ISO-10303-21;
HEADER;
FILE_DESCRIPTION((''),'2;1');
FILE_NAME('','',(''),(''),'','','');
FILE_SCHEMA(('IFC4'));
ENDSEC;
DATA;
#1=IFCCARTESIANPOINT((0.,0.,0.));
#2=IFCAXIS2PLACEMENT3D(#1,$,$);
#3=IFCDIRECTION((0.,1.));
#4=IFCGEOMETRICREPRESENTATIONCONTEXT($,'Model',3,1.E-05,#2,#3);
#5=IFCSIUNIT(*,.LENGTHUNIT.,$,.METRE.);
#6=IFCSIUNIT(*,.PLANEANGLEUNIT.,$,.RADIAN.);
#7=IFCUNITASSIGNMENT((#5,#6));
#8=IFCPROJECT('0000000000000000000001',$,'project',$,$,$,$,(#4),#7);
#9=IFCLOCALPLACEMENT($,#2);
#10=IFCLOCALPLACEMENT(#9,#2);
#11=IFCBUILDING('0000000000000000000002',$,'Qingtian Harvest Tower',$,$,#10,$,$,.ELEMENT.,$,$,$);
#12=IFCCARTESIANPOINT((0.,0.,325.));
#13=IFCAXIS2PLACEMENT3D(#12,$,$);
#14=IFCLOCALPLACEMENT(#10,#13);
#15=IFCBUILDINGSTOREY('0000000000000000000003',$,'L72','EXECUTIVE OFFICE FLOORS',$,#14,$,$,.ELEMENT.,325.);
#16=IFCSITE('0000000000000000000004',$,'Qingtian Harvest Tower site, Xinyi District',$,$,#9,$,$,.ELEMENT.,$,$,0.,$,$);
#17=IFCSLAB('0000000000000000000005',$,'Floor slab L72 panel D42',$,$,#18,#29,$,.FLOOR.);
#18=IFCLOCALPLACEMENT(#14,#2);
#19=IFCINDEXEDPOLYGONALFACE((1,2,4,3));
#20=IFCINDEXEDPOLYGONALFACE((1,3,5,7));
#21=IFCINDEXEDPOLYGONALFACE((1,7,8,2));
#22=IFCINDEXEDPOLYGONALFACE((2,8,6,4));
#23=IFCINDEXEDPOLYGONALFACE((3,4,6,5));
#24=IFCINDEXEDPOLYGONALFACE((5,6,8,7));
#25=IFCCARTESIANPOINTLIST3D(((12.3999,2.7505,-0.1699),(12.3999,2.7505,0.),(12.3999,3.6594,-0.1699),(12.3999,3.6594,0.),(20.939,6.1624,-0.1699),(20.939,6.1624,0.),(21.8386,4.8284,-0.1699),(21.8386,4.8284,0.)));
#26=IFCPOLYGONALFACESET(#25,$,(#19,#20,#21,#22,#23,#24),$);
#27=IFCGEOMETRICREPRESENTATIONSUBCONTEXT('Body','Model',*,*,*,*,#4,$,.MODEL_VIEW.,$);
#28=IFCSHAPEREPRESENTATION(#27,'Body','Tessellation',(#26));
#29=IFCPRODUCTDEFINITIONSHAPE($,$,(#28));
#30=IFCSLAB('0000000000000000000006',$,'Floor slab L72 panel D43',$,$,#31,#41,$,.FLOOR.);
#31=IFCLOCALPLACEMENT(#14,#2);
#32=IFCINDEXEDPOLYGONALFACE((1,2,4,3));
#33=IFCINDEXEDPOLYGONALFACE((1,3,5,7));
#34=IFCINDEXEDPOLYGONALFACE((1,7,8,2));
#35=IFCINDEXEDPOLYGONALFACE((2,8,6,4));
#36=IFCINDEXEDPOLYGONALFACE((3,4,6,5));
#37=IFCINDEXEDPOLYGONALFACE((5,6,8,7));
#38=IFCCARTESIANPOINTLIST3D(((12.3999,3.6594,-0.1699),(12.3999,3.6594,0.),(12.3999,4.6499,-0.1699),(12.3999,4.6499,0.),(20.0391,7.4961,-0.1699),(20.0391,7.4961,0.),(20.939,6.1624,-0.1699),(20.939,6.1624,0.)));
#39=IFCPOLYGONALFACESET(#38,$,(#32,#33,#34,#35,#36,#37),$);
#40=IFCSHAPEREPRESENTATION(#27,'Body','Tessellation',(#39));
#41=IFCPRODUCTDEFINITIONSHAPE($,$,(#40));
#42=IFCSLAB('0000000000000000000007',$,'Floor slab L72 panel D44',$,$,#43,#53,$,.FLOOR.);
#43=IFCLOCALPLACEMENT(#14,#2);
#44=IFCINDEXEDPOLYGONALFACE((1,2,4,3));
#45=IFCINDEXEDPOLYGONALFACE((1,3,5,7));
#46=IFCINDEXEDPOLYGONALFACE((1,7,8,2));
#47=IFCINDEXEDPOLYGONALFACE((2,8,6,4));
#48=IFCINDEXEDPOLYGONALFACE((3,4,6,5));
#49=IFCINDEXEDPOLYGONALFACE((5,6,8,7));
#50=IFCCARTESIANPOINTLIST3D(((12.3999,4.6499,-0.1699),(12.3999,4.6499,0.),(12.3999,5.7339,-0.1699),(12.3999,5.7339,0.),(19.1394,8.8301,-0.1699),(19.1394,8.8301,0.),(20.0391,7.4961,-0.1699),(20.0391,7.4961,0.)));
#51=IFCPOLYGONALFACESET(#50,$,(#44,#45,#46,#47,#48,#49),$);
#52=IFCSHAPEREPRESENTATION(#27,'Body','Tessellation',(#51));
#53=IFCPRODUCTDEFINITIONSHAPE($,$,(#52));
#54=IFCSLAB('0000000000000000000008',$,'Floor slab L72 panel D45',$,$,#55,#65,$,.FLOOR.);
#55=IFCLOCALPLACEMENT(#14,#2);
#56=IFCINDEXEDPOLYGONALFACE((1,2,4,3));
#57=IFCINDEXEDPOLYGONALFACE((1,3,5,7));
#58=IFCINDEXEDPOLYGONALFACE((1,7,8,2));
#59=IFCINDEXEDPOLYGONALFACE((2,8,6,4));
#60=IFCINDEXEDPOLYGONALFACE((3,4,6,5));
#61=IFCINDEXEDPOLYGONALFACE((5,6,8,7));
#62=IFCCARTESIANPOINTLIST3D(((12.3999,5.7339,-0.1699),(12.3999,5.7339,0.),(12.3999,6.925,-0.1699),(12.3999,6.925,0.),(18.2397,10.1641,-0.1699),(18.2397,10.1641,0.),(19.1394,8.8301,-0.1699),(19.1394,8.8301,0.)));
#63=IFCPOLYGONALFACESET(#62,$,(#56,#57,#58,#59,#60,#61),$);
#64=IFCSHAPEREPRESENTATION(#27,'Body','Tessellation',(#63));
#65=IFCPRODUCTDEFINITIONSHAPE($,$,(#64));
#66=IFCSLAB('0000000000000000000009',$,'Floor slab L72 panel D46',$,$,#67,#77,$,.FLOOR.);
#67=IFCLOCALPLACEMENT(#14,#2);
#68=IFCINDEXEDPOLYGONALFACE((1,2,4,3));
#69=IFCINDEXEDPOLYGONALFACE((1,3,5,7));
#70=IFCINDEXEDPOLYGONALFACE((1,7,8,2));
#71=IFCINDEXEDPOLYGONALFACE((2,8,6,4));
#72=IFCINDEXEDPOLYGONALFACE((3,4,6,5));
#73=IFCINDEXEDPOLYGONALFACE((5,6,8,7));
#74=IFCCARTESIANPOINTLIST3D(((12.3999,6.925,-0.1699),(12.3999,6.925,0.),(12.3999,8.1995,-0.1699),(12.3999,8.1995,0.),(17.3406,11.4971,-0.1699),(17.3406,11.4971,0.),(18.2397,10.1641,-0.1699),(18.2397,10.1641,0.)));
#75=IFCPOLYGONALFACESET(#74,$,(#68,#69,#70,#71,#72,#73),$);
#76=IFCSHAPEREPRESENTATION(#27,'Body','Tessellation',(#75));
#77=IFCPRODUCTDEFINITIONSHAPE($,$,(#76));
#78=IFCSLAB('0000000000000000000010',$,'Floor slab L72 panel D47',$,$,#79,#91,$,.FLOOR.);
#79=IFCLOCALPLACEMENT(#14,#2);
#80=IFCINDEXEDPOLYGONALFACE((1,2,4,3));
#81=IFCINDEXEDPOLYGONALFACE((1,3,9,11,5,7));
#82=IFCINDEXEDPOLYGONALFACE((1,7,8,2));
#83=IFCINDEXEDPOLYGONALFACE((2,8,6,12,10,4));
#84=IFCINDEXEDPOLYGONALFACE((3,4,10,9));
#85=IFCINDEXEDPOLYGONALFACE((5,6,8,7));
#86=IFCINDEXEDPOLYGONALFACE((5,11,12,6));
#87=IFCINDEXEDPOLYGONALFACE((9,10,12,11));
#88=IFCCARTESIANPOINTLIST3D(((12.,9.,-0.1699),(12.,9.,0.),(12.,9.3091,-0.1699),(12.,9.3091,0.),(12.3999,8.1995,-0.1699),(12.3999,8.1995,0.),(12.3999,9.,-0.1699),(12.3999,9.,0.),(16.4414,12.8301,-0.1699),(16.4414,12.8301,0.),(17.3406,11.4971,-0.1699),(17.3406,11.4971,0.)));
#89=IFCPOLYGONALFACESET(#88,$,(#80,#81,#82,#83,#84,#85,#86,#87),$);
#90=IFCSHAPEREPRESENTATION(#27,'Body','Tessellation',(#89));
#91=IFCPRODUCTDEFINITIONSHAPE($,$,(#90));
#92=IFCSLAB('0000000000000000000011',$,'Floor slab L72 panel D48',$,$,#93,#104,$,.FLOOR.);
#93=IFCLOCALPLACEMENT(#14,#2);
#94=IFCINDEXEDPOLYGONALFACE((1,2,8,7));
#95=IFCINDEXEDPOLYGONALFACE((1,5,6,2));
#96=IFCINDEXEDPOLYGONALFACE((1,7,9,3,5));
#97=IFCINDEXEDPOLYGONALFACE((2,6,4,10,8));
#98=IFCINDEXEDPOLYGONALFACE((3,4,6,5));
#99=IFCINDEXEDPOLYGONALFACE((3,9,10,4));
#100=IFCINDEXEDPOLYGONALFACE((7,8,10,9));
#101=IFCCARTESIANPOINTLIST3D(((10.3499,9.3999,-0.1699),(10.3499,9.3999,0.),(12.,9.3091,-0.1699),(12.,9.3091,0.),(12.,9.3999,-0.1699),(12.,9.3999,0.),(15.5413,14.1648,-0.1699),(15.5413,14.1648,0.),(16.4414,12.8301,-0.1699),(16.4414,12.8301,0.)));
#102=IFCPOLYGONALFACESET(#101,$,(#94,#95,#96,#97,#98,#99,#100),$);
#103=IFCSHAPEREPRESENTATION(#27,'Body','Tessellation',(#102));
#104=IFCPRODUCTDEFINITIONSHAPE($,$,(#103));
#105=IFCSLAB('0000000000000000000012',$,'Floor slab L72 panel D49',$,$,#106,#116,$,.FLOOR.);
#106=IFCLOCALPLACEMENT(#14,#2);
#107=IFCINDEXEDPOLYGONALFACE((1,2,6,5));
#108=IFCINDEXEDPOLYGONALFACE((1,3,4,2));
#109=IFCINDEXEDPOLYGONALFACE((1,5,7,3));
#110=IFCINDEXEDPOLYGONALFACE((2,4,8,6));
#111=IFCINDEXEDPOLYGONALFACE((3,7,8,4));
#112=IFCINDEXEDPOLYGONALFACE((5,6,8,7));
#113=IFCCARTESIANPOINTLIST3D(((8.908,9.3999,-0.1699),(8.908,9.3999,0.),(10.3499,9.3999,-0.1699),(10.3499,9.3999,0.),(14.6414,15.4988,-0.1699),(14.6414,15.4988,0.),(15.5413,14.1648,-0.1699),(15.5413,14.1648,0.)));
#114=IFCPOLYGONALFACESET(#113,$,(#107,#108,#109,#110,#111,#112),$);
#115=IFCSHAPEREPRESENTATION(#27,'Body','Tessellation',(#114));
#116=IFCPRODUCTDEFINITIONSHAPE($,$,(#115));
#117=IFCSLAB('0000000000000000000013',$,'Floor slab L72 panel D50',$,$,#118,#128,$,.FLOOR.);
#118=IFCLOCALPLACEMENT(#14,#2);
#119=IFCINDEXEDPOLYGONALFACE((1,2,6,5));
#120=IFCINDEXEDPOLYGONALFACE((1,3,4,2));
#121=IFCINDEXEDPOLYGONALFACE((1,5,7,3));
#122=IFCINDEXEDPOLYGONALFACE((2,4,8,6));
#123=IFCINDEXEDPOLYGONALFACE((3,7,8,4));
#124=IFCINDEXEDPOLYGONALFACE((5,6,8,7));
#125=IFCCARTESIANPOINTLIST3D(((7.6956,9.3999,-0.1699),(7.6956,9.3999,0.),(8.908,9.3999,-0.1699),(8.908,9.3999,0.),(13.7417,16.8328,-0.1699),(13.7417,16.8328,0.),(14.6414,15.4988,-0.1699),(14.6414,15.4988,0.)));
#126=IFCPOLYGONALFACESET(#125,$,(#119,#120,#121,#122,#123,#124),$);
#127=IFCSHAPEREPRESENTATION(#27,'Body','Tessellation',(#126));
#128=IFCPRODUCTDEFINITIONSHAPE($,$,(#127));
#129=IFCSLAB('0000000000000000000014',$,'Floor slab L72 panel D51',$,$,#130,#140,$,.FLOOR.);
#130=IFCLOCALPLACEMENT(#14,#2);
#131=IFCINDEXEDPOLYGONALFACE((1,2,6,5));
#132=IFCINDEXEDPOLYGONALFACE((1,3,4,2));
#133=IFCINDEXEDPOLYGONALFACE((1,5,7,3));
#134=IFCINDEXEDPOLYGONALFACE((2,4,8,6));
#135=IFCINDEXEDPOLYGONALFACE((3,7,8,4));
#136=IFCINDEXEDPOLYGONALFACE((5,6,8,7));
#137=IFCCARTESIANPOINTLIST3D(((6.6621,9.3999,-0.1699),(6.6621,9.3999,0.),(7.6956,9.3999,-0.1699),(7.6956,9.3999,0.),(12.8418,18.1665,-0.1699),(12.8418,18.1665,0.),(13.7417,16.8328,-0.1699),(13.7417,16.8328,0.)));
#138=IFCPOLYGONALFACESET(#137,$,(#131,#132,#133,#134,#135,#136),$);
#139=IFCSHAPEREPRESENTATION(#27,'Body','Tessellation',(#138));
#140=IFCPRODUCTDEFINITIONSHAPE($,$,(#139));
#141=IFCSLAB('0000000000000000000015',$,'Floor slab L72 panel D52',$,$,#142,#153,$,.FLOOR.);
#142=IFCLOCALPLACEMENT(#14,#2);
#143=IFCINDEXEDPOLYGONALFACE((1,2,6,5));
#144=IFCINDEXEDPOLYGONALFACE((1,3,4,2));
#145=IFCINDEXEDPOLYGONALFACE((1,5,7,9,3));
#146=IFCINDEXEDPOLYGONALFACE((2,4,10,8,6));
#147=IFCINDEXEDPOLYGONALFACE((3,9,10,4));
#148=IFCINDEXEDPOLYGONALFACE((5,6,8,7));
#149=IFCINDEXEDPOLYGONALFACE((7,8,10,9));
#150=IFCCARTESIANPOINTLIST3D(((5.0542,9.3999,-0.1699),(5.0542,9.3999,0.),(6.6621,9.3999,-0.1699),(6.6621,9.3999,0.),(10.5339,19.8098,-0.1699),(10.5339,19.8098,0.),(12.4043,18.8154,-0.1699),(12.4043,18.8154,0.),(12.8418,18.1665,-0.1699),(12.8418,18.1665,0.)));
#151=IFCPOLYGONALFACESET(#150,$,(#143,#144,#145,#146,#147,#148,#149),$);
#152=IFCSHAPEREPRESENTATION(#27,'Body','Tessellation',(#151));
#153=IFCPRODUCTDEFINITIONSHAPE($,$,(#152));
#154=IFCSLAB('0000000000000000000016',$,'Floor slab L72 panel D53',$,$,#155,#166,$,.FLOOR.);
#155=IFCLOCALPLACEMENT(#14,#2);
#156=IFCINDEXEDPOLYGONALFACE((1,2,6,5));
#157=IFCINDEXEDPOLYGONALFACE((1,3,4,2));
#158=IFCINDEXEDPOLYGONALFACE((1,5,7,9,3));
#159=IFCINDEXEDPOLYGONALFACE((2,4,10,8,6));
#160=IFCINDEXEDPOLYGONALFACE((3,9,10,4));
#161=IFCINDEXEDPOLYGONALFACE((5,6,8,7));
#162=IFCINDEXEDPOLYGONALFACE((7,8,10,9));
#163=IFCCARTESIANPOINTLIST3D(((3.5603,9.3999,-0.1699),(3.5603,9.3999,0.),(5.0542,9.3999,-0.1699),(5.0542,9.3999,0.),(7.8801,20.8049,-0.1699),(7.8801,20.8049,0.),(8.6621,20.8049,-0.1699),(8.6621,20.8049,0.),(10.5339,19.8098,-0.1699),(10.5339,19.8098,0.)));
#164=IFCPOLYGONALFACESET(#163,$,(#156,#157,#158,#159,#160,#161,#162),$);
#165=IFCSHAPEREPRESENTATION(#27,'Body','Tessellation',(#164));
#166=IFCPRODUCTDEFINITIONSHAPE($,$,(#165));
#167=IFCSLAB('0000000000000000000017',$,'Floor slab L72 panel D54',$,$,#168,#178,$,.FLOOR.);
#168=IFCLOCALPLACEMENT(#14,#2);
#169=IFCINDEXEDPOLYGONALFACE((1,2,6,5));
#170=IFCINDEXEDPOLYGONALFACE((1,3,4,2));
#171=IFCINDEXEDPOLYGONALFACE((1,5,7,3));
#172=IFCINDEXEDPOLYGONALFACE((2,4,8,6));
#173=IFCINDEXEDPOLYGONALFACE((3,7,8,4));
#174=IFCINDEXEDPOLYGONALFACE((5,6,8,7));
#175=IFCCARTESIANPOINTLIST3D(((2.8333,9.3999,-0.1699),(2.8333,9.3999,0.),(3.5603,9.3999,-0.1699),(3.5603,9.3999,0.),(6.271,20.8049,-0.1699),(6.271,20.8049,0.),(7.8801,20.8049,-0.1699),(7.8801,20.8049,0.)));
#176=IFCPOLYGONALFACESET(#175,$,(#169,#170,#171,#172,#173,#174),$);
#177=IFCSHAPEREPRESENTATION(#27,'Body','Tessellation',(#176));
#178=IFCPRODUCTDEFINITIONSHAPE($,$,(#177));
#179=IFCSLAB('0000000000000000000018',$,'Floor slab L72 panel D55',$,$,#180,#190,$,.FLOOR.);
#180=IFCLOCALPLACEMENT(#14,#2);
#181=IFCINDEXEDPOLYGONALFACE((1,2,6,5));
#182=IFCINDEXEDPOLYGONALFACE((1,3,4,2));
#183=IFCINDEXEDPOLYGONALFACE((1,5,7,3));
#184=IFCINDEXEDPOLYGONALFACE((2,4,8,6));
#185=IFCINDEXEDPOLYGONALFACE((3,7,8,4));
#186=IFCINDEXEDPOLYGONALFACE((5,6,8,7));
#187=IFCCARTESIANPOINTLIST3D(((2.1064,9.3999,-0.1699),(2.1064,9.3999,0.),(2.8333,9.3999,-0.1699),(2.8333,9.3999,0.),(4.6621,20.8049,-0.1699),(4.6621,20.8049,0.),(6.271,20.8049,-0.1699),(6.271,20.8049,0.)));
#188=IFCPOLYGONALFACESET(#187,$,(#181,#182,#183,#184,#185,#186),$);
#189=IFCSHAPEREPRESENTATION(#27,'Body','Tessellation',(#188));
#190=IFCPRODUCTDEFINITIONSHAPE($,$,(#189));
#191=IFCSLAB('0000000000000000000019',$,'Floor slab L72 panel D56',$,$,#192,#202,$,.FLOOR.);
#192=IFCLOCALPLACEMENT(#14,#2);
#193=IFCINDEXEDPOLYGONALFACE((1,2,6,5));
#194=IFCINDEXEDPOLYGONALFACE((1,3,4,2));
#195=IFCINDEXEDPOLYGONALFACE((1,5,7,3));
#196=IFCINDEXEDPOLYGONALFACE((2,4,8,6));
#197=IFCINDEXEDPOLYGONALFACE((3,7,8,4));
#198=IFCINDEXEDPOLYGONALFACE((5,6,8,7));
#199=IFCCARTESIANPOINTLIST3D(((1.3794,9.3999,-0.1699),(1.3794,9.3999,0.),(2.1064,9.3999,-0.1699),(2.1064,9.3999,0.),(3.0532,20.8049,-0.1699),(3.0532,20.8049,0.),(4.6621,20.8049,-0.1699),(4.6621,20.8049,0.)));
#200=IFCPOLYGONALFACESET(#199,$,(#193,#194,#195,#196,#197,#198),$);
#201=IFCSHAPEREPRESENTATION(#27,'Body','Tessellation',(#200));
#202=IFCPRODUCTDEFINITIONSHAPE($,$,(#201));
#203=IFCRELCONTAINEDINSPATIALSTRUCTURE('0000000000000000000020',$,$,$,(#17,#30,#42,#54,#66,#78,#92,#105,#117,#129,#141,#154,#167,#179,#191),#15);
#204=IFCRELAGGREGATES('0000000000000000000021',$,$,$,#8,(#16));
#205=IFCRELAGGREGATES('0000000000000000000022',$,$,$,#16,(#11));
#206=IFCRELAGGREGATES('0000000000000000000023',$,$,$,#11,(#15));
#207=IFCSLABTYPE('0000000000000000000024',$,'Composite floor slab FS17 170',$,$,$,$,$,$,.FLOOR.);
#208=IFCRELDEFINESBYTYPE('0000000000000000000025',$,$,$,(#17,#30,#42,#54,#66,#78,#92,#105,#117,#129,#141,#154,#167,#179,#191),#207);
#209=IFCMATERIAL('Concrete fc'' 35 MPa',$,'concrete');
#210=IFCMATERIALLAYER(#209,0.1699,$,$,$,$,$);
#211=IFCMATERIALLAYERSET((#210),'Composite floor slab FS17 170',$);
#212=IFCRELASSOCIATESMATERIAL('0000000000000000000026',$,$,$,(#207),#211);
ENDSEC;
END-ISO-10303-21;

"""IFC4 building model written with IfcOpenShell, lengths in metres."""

from ifc_helpers import new_model, si_unit, direction, frame, origin, place, context, subcontext, project, spatial, polyline, outline, extrude, material, layer, layer_set, type_object, element, save


model = new_model("IFC4")

# Units and contexts
model_context = context("Model", 3, precision=1e-05, world=origin(), true_north=direction((0.0, 1.0)))
body_context = subcontext(model_context, "Body", "Model", "MODEL_VIEW")
ifc_project = project(units=[si_unit("LENGTHUNIT", "METRE"), si_unit("PLANEANGLEUNIT", "RADIAN")], contexts=[model_context])

# Site, building, storey
site_placement = place(None, origin())
site = spatial("IfcSite", under=ifc_project, at=site_placement, Name="Qingtian Harvest Tower site, Xinyi District", CompositionType="ELEMENT", RefElevation=0.0)
building_placement = place(site_placement, origin())
building = spatial("IfcBuilding", under=site, at=building_placement, Name="Qingtian Harvest Tower", CompositionType="ELEMENT")
storey_placement = place(building_placement, frame((0.0, 0.0, 325.0)))
storey = spatial("IfcBuildingStorey", under=building, at=storey_placement, Name="L72", Description="EXECUTIVE OFFICE FLOORS", CompositionType="ELEMENT", Elevation=325.0)

# Slabs
ifc_material_1 = material(Name="Concrete fc' 35 MPa", Category="concrete")
ifc_layer_1 = layer(ifc_material_1, 0.1699)
ifc_layer_set_1 = layer_set([ifc_layer_1], Name="Composite floor slab FS17 170")
slab_type = type_object("IfcSlabType", Name="Composite floor slab FS17 170", PredefinedType="FLOOR", material=ifc_layer_set_1)
slab_1_placement = place(storey_placement, frame((0.0, 0.0, -0.1699)))
element("IfcSlab", 1, at=slab_1_placement, inside=storey, type_object=slab_type, Name="Floor slab L72 panel D42", PredefinedType="FLOOR", context=body_context, shape_type="SweptSolid", body=[
    extrude(outline(polyline([(12.3999, 3.6594), (20.939, 6.1624), (21.8386, 4.8284), (12.3999, 2.7505), (12.3999, 3.6594)])), origin(), (0.0, 0.0, 1.0), 0.1699),
])
slab_2_placement = place(storey_placement, frame((0.0, 0.0, -0.1699)))
element("IfcSlab", 2, at=slab_2_placement, inside=storey, type_object=slab_type, Name="Floor slab L72 panel D43", PredefinedType="FLOOR", context=body_context, shape_type="SweptSolid", body=[
    extrude(outline(polyline([(12.3999, 4.6499), (20.0391, 7.4961), (20.939, 6.1624), (12.3999, 3.6594), (12.3999, 4.6499)])), origin(), (0.0, 0.0, 1.0), 0.1699),
])
slab_3_placement = place(storey_placement, frame((0.0, 0.0, -0.1699)))
element("IfcSlab", 3, at=slab_3_placement, inside=storey, type_object=slab_type, Name="Floor slab L72 panel D44", PredefinedType="FLOOR", context=body_context, shape_type="SweptSolid", body=[
    extrude(outline(polyline([(12.3999, 5.7339), (19.1394, 8.8301), (20.0391, 7.4961), (12.3999, 4.6499), (12.3999, 5.7339)])), origin(), (0.0, 0.0, 1.0), 0.1699),
])
slab_4_placement = place(storey_placement, frame((0.0, 0.0, -0.1699)))
element("IfcSlab", 4, at=slab_4_placement, inside=storey, type_object=slab_type, Name="Floor slab L72 panel D45", PredefinedType="FLOOR", context=body_context, shape_type="SweptSolid", body=[
    extrude(outline(polyline([(12.3999, 6.925), (18.2397, 10.1641), (19.1394, 8.8301), (12.3999, 5.7339), (12.3999, 6.925)])), origin(), (0.0, 0.0, 1.0), 0.1699),
])
slab_5_placement = place(storey_placement, frame((0.0, 0.0, -0.1699)))
element("IfcSlab", 5, at=slab_5_placement, inside=storey, type_object=slab_type, Name="Floor slab L72 panel D46", PredefinedType="FLOOR", context=body_context, shape_type="SweptSolid", body=[
    extrude(outline(polyline([(12.3999, 8.1995), (17.3406, 11.4971), (18.2397, 10.1641), (12.3999, 6.925), (12.3999, 8.1995)])), origin(), (0.0, 0.0, 1.0), 0.1699),
])
slab_6_placement = place(storey_placement, frame((0.0, 0.0, -0.1699)))
element("IfcSlab", 6, at=slab_6_placement, inside=storey, type_object=slab_type, Name="Floor slab L72 panel D47", PredefinedType="FLOOR", context=body_context, shape_type="SweptSolid", body=[
    extrude(outline(polyline([(12.3999, 9.0), (12.0, 9.0), (12.0, 9.3091), (16.4414, 12.8301), (17.3406, 11.4971), (12.3999, 8.1995), (12.3999, 9.0)])), origin(), (0.0, 0.0, 1.0), 0.1699),
])
slab_7_placement = place(storey_placement, frame((0.0, 0.0, -0.1699)))
element("IfcSlab", 7, at=slab_7_placement, inside=storey, type_object=slab_type, Name="Floor slab L72 panel D48", PredefinedType="FLOOR", context=body_context, shape_type="SweptSolid", body=[
    extrude(outline(polyline([(12.0, 9.3999), (10.3499, 9.3999), (15.5413, 14.1648), (16.4414, 12.8301), (12.0, 9.3091), (12.0, 9.3999)])), origin(), (0.0, 0.0, 1.0), 0.1699),
])
slab_8_placement = place(storey_placement, frame((0.0, 0.0, -0.1699)))
element("IfcSlab", 8, at=slab_8_placement, inside=storey, type_object=slab_type, Name="Floor slab L72 panel D49", PredefinedType="FLOOR", context=body_context, shape_type="SweptSolid", body=[
    extrude(outline(polyline([(8.908, 9.3999), (14.6414, 15.4988), (15.5413, 14.1648), (10.3499, 9.3999), (8.908, 9.3999)])), origin(), (0.0, 0.0, 1.0), 0.1699),
])
slab_9_placement = place(storey_placement, frame((0.0, 0.0, -0.1699)))
element("IfcSlab", 9, at=slab_9_placement, inside=storey, type_object=slab_type, Name="Floor slab L72 panel D50", PredefinedType="FLOOR", context=body_context, shape_type="SweptSolid", body=[
    extrude(outline(polyline([(7.6956, 9.3999), (13.7417, 16.8328), (14.6414, 15.4988), (8.908, 9.3999), (7.6956, 9.3999)])), origin(), (0.0, 0.0, 1.0), 0.1699),
])
slab_10_placement = place(storey_placement, frame((0.0, 0.0, -0.1699)))
element("IfcSlab", 10, at=slab_10_placement, inside=storey, type_object=slab_type, Name="Floor slab L72 panel D51", PredefinedType="FLOOR", context=body_context, shape_type="SweptSolid", body=[
    extrude(outline(polyline([(6.6621, 9.3999), (12.8418, 18.1665), (13.7417, 16.8328), (7.6956, 9.3999), (6.6621, 9.3999)])), origin(), (0.0, 0.0, 1.0), 0.1699),
])
slab_11_placement = place(storey_placement, frame((0.0, 0.0, -0.1699)))
element("IfcSlab", 11, at=slab_11_placement, inside=storey, type_object=slab_type, Name="Floor slab L72 panel D52", PredefinedType="FLOOR", context=body_context, shape_type="SweptSolid", body=[
    extrude(outline(polyline([(6.6621, 9.3999), (5.0542, 9.3999), (10.5339, 19.8098), (12.4043, 18.8154), (12.8418, 18.1665), (6.6621, 9.3999)])), origin(), (0.0, 0.0, 1.0), 0.1699),
])
slab_12_placement = place(storey_placement, frame((0.0, 0.0, -0.1699)))
element("IfcSlab", 12, at=slab_12_placement, inside=storey, type_object=slab_type, Name="Floor slab L72 panel D53", PredefinedType="FLOOR", context=body_context, shape_type="SweptSolid", body=[
    extrude(outline(polyline([(3.5603, 9.3999), (7.8801, 20.8049), (8.6621, 20.8049), (10.5339, 19.8098), (5.0542, 9.3999), (3.5603, 9.3999)])), origin(), (0.0, 0.0, 1.0), 0.1699),
])
slab_13_placement = place(storey_placement, frame((0.0, 0.0, -0.1699)))
element("IfcSlab", 13, at=slab_13_placement, inside=storey, type_object=slab_type, Name="Floor slab L72 panel D54", PredefinedType="FLOOR", context=body_context, shape_type="SweptSolid", body=[
    extrude(outline(polyline([(2.8333, 9.3999), (6.271, 20.8049), (7.8801, 20.8049), (3.5603, 9.3999), (2.8333, 9.3999)])), origin(), (0.0, 0.0, 1.0), 0.1699),
])
slab_14_placement = place(storey_placement, frame((0.0, 0.0, -0.1699)))
element("IfcSlab", 14, at=slab_14_placement, inside=storey, type_object=slab_type, Name="Floor slab L72 panel D55", PredefinedType="FLOOR", context=body_context, shape_type="SweptSolid", body=[
    extrude(outline(polyline([(2.1064, 9.3999), (4.6621, 20.8049), (6.271, 20.8049), (2.8333, 9.3999), (2.1064, 9.3999)])), origin(), (0.0, 0.0, 1.0), 0.1699),
])
slab_15_placement = place(storey_placement, frame((0.0, 0.0, -0.1699)))
element("IfcSlab", 15, at=slab_15_placement, inside=storey, type_object=slab_type, Name="Floor slab L72 panel D56", PredefinedType="FLOOR", context=body_context, shape_type="SweptSolid", body=[
    extrude(outline(polyline([(1.3794, 9.3999), (3.0532, 20.8049), (4.6621, 20.8049), (2.1064, 9.3999), (1.3794, 9.3999)])), origin(), (0.0, 0.0, 1.0), 0.1699),
])

save(model, "model.ifc")
